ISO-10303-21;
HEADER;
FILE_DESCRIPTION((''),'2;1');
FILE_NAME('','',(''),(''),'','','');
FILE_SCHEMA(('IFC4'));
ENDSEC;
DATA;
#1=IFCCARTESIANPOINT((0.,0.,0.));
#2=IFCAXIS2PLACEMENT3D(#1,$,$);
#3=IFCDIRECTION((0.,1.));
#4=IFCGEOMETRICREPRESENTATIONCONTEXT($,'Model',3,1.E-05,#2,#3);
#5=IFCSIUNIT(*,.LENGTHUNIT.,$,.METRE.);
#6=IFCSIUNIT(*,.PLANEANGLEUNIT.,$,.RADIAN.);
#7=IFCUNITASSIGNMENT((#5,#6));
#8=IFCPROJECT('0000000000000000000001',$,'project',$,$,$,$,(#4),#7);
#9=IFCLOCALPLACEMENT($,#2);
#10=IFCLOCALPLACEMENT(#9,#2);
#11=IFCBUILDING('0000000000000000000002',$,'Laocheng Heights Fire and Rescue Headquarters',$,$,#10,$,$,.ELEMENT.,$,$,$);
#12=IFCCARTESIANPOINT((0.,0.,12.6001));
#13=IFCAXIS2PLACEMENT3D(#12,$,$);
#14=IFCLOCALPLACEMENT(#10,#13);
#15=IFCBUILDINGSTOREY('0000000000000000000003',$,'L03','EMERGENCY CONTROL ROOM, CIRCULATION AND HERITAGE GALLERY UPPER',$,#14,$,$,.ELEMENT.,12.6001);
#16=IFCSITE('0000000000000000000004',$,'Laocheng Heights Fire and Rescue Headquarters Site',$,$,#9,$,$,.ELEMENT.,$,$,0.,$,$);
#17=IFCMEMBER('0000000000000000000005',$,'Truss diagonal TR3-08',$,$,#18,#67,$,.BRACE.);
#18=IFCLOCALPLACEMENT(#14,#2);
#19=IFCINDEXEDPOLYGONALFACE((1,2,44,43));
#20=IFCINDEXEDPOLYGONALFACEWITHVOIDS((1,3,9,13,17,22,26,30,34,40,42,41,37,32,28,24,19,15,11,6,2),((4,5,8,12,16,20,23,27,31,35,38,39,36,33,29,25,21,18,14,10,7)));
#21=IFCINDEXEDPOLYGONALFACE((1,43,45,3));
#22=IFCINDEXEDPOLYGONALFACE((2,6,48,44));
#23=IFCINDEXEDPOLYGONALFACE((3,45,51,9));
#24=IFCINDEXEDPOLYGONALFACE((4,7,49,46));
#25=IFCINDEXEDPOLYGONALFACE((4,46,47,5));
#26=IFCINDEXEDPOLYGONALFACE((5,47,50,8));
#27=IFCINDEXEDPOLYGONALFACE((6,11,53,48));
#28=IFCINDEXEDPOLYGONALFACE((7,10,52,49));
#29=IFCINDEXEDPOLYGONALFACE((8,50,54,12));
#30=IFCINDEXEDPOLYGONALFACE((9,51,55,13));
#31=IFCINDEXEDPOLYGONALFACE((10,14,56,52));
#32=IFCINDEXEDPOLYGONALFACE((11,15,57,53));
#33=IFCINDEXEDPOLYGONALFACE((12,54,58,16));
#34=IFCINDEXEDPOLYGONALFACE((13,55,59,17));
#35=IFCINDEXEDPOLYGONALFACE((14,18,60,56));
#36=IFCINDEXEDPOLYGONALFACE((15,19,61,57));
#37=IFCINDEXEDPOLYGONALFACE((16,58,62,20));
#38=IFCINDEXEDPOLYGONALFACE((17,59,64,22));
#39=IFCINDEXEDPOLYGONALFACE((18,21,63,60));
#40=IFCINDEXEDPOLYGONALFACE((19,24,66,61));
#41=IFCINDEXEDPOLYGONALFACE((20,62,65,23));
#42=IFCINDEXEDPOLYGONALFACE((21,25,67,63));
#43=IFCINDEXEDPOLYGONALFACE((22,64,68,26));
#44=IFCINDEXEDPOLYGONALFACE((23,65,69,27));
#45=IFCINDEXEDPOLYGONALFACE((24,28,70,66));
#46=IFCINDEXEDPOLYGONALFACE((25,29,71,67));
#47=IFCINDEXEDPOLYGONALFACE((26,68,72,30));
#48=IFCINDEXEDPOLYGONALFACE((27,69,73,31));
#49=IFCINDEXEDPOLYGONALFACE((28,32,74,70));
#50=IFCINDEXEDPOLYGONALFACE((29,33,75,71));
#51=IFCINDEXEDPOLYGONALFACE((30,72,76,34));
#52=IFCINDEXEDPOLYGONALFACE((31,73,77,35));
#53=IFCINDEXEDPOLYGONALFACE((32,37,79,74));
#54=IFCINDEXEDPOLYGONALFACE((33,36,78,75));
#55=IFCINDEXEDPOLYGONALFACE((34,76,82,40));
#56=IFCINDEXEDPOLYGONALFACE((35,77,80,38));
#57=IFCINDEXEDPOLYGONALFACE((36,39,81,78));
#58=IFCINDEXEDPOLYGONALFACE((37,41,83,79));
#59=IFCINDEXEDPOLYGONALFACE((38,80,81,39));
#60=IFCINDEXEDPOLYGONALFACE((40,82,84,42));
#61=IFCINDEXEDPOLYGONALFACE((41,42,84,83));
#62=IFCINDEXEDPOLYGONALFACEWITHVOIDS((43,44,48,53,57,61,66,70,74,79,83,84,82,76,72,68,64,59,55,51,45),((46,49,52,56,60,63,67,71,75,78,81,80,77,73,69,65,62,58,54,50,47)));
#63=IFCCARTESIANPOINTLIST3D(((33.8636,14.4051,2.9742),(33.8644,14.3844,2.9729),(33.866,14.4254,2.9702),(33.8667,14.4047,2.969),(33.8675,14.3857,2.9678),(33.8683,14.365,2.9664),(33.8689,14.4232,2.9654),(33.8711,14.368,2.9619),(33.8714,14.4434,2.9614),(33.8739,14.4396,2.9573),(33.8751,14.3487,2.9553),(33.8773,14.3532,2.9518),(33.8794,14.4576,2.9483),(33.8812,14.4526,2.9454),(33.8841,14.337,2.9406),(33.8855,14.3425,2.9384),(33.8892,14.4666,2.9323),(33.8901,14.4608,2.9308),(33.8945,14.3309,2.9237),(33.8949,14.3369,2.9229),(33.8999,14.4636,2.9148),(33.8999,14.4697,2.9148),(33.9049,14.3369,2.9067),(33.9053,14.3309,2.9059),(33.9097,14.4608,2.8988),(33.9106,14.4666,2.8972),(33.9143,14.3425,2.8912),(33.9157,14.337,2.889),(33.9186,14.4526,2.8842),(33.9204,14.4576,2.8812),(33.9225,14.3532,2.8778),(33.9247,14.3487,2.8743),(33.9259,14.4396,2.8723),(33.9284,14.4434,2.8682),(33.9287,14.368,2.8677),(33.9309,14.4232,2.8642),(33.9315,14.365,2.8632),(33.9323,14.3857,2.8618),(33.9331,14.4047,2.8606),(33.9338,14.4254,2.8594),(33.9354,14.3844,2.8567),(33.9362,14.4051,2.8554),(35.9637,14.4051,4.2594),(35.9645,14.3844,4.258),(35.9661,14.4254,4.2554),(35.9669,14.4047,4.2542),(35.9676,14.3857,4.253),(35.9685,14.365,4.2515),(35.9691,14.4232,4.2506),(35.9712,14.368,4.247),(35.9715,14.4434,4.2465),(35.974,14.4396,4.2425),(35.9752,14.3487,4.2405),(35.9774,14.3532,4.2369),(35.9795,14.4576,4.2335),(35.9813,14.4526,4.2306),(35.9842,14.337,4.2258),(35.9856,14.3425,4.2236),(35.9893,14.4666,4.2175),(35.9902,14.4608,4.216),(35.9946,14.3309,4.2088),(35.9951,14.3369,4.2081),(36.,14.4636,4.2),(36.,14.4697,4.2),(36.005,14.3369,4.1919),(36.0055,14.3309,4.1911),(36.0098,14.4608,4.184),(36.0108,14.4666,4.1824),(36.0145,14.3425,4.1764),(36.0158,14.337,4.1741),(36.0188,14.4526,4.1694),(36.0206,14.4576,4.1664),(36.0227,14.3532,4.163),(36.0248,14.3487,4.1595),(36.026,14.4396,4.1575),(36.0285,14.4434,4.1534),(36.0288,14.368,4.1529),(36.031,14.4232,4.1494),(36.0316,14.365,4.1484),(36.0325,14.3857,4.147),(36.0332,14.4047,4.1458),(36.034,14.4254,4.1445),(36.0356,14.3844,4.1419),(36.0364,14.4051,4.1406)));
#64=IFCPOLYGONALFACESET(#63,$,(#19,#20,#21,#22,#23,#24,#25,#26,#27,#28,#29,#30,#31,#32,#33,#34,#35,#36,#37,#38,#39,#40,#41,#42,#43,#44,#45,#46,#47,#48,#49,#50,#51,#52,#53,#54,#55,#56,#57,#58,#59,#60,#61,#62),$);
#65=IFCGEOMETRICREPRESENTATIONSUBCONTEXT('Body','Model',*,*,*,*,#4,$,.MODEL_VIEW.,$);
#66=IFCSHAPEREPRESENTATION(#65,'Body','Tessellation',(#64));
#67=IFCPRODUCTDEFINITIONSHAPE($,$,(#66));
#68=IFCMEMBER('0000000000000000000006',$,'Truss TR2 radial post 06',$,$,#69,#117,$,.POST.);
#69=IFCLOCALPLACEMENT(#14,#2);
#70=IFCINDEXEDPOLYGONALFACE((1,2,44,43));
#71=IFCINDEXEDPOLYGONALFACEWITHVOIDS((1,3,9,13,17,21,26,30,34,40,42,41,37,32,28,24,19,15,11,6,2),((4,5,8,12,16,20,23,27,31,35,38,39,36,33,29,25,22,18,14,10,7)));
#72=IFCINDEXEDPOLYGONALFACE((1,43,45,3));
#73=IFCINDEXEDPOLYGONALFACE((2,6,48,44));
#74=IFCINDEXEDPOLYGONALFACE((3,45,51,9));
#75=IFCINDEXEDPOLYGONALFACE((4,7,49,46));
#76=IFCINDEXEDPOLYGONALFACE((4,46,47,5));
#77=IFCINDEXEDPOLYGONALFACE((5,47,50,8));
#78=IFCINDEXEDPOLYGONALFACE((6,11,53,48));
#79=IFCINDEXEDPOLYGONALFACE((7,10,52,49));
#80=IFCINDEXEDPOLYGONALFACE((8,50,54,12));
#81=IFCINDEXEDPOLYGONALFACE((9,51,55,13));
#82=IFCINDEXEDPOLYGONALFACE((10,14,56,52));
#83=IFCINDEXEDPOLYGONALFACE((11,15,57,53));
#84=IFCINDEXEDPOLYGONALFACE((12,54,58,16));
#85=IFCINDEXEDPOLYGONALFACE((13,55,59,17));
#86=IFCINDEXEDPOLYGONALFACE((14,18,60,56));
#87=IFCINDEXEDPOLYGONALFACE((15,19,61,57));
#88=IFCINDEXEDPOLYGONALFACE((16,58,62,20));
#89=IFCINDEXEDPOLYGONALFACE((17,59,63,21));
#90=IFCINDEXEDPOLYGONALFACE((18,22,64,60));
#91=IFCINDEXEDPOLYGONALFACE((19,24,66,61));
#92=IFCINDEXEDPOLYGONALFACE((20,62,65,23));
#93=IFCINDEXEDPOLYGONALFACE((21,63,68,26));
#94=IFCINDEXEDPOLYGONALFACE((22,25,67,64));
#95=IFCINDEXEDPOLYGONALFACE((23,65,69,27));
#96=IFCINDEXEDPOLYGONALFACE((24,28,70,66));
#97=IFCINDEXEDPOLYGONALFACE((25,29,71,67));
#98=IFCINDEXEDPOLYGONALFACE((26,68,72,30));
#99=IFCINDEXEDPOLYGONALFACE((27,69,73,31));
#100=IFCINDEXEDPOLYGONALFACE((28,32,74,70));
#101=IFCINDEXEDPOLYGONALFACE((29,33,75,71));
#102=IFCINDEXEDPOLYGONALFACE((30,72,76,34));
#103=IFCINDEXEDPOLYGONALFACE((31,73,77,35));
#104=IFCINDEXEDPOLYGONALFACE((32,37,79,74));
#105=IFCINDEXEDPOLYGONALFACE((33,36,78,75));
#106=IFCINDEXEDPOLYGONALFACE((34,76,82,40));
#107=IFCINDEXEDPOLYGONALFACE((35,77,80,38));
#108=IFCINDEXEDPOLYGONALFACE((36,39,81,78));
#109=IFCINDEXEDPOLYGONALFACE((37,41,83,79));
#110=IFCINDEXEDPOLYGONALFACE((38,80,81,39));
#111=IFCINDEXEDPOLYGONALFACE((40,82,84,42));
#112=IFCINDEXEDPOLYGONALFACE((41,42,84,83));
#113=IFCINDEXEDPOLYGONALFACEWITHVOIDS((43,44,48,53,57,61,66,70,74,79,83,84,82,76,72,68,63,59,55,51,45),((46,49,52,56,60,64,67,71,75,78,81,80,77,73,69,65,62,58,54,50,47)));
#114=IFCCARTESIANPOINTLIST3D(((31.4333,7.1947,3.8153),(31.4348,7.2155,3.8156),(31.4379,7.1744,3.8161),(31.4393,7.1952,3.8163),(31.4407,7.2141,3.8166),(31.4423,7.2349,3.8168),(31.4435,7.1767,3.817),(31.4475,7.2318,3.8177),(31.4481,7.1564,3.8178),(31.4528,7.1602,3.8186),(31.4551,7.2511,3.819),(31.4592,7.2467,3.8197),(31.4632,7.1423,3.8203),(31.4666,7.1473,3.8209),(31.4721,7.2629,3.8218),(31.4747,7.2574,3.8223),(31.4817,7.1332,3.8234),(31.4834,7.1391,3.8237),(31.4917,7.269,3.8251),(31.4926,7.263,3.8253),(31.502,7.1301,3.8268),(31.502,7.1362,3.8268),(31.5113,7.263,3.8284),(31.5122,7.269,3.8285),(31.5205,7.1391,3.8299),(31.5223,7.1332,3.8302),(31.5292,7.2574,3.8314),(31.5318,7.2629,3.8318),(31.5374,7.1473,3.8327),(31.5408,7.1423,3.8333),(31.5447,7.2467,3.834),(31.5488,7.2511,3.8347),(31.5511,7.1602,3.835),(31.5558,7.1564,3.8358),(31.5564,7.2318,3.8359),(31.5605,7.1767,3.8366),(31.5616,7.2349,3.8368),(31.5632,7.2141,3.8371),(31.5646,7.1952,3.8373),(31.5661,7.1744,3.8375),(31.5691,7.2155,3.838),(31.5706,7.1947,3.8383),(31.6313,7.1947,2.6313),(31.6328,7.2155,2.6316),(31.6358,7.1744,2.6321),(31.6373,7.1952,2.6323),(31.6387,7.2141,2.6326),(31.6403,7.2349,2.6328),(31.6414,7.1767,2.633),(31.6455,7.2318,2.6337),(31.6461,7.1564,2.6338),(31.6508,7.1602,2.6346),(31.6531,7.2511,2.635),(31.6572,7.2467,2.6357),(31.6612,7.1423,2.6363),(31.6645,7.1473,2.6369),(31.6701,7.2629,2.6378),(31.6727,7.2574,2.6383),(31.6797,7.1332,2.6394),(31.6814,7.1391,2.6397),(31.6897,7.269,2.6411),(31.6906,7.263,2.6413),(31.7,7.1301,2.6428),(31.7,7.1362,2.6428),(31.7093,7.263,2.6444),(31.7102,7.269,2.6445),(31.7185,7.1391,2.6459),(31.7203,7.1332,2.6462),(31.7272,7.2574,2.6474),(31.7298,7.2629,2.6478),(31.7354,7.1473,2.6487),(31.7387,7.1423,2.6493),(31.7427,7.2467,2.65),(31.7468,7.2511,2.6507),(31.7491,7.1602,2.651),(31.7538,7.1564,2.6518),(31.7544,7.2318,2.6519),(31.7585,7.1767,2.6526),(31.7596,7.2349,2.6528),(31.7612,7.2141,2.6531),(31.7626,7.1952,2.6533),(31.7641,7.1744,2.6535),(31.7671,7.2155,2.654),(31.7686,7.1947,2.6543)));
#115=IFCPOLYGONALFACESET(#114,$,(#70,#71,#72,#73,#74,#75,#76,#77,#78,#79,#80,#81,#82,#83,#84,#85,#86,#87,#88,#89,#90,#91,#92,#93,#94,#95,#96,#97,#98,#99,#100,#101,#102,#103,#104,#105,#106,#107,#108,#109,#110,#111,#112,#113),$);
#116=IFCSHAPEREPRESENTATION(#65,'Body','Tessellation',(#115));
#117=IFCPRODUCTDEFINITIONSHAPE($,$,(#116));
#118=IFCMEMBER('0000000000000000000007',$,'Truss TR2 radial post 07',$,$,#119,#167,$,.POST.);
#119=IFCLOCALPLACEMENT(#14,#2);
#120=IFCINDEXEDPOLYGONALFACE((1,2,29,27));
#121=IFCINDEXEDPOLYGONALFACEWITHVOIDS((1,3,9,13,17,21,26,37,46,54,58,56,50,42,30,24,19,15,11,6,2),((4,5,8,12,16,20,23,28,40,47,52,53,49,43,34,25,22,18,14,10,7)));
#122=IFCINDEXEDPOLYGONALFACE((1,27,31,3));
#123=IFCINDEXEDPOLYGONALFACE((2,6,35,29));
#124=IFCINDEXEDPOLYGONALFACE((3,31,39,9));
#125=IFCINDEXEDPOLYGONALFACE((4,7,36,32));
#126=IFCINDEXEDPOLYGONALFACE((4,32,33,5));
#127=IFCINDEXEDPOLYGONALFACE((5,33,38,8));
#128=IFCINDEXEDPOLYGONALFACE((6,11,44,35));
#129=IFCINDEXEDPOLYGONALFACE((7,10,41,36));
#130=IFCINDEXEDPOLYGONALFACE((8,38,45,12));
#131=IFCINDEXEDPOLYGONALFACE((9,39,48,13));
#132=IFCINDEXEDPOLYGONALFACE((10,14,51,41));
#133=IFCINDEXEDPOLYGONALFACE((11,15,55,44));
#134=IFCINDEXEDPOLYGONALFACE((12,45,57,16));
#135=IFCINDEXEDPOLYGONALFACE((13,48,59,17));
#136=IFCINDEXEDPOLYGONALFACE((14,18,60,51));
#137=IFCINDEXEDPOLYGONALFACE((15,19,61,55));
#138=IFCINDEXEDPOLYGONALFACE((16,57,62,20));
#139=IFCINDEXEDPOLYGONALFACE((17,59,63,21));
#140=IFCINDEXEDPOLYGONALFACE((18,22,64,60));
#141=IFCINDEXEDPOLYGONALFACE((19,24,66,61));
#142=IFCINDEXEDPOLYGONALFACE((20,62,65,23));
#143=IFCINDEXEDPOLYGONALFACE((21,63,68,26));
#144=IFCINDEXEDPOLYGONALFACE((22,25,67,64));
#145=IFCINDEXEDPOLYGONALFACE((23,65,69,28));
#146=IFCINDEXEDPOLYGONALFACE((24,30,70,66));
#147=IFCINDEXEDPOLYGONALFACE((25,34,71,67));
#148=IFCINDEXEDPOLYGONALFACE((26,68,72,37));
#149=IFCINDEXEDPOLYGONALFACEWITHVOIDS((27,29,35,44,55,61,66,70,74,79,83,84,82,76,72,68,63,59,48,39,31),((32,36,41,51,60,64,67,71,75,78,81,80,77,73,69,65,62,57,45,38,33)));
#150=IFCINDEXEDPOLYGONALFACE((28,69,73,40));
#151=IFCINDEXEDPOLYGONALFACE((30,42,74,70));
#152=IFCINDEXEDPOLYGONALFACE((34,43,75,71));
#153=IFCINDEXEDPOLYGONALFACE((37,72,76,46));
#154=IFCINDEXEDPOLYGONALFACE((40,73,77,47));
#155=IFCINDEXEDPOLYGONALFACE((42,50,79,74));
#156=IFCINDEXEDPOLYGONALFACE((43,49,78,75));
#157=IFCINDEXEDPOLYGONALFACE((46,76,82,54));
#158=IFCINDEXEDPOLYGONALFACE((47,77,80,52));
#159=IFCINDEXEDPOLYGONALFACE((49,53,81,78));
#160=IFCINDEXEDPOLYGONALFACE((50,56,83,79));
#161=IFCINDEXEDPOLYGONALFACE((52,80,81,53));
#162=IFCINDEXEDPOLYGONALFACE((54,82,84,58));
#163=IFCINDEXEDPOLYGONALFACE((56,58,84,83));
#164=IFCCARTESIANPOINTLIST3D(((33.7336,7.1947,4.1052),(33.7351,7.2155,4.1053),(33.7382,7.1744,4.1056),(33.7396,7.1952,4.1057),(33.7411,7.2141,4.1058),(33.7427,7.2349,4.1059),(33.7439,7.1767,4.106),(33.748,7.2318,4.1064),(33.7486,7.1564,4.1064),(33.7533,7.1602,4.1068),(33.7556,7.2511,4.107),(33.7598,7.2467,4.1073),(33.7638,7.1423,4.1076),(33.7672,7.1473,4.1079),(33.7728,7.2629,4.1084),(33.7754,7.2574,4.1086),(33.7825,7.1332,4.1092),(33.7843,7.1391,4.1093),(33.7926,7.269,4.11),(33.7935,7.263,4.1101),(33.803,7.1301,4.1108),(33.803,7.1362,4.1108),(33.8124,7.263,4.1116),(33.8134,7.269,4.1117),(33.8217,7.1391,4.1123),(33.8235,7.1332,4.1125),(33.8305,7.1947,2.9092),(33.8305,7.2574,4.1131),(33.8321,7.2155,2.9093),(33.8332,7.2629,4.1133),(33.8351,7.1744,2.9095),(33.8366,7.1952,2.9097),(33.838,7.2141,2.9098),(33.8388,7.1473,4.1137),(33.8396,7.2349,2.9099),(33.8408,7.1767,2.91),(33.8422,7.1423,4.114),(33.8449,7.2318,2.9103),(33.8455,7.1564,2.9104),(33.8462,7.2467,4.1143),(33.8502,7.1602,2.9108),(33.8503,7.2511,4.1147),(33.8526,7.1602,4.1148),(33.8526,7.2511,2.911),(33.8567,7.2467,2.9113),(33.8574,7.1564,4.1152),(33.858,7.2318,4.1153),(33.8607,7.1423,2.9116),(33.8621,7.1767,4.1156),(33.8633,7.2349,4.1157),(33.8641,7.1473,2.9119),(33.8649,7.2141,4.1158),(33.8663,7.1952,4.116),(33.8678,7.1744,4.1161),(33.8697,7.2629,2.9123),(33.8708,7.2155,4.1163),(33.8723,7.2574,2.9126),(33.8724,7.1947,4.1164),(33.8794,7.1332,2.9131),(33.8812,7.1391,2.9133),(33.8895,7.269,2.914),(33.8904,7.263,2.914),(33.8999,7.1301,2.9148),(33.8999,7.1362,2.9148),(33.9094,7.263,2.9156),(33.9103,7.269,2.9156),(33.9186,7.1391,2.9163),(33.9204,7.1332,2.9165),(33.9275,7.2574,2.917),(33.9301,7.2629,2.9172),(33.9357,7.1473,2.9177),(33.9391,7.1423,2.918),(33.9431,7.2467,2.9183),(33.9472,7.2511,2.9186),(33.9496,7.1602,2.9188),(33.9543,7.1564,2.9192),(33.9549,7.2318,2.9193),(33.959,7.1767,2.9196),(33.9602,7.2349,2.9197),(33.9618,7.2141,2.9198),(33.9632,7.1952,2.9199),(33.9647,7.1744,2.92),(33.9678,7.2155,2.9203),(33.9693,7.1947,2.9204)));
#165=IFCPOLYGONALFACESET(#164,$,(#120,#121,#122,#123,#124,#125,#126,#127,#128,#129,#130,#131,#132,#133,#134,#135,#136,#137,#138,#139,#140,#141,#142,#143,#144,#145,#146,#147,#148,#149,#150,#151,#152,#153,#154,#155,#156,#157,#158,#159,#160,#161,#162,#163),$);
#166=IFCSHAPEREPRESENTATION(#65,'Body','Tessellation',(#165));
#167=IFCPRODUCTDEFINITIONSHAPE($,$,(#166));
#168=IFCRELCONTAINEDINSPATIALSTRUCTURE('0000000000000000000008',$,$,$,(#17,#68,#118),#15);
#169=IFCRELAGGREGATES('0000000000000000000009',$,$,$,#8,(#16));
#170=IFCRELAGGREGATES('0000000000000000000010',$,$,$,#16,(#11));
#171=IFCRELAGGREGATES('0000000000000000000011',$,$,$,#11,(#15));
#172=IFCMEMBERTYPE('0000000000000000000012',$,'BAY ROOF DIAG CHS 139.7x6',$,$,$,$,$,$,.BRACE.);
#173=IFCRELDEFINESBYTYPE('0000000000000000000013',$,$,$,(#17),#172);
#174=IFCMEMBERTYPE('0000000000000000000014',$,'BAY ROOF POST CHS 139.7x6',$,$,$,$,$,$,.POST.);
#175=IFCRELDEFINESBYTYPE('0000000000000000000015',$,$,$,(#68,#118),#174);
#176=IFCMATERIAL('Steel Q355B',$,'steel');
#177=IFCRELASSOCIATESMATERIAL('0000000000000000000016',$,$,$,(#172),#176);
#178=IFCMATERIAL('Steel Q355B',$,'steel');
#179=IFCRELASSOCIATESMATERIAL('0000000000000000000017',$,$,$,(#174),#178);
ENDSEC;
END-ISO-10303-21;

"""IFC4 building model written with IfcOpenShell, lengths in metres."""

from ifc_helpers import new_model, si_unit, direction, frame, origin, origin_2d, place, context, subcontext, project, spatial, hollow_circle, extrude, material, material_profile, profile_set, type_object, element, save


model = new_model("IFC4")

# Units and contexts
model_context = context("Model", 3, precision=1e-05, world=origin(), true_north=direction((0.0, 1.0)))
body_context = subcontext(model_context, "Body", "Model", "MODEL_VIEW")
ifc_project = project(units=[si_unit("LENGTHUNIT", "METRE"), si_unit("PLANEANGLEUNIT", "RADIAN")], contexts=[model_context])

# Site, building, storey
site_placement = place(None, origin())
site = spatial("IfcSite", under=ifc_project, at=site_placement, Name="Laocheng Heights Fire and Rescue Headquarters Site", CompositionType="ELEMENT", RefElevation=0.0)
building_placement = place(site_placement, origin())
building = spatial("IfcBuilding", under=site, at=building_placement, Name="Laocheng Heights Fire and Rescue Headquarters", CompositionType="ELEMENT")
storey_placement = place(building_placement, frame((0.0, 0.0, 12.6001)))
storey = spatial("IfcBuildingStorey", under=building, at=storey_placement, Name="L03", Description="EMERGENCY CONTROL ROOM, CIRCULATION AND HERITAGE GALLERY UPPER", CompositionType="ELEMENT", Elevation=12.6001)

# Members
ifc_material_1 = material(Name="Steel Q355B", Category="steel")
ifc_material_profile_1 = material_profile(ifc_material_1, hollow_circle(Radius=0.0698, WallThickness=0.0061, at=origin_2d()), Name="CHS 139.7x6")
ifc_profile_set_1 = profile_set([ifc_material_profile_1], Name="Steel Q355B")
member_type_1 = type_object("IfcMemberType", Name="BAY ROOF DIAG CHS 139.7x6", PredefinedType="BRACE", material=ifc_profile_set_1)
member_1_placement = place(storey_placement, frame((33.8999, 14.3999, 2.9148), z_axis=(0.852963, 0.0, 0.521971), x_axis=(0.0, 1.0, 0.0)))
element("IfcMember", 1, at=member_1_placement, inside=storey, type_object=member_type_1, Name="Truss diagonal TR3-08", PredefinedType="BRACE", context=body_context, shape_type="SweptSolid", body=[
    extrude(hollow_circle(Radius=0.0698, WallThickness=0.0061, at=origin_2d()), origin(), (0.0, 0.0, 1.0), 2.4622),
])
ifc_material_2 = material(Name="Steel Q355B", Category="steel")
ifc_material_profile_2 = material_profile(ifc_material_2, hollow_circle(Radius=0.0698, WallThickness=0.0061, at=origin_2d()), Name="CHS 139.7x6")
ifc_profile_set_2 = profile_set([ifc_material_profile_2], Name="Steel Q355B")
member_type_2 = type_object("IfcMemberType", Name="BAY ROOF POST CHS 139.7x6", PredefinedType="POST", material=ifc_profile_set_2)
member_2_placement = place(storey_placement, frame((31.7, 7.2, 2.6428), z_axis=(-0.164927, 0.0, 0.986306), x_axis=(0.0, -1.0, 0.0)))
element("IfcMember", 2, at=member_2_placement, inside=storey, type_object=member_type_2, Name="Truss TR2 radial post 06", PredefinedType="POST", context=body_context, shape_type="SweptSolid", body=[
    extrude(hollow_circle(Radius=0.0698, WallThickness=0.0061, at=origin_2d()), origin(), (0.0, 0.0, 1.0), 1.2004),
])
member_3_placement = place(storey_placement, frame((33.8999, 7.2, 2.9148), z_axis=(-0.080772, 0.0, 0.996733), x_axis=(0.0, -1.0, 0.0)))
element("IfcMember", 3, at=member_3_placement, inside=storey, type_object=member_type_2, Name="Truss TR2 radial post 07", PredefinedType="POST", context=body_context, shape_type="SweptSolid", body=[
    extrude(hollow_circle(Radius=0.0698, WallThickness=0.0061, at=origin_2d()), origin(), (0.0, 0.0, 1.0), 1.2),
])

save(model, "model.ifc")
